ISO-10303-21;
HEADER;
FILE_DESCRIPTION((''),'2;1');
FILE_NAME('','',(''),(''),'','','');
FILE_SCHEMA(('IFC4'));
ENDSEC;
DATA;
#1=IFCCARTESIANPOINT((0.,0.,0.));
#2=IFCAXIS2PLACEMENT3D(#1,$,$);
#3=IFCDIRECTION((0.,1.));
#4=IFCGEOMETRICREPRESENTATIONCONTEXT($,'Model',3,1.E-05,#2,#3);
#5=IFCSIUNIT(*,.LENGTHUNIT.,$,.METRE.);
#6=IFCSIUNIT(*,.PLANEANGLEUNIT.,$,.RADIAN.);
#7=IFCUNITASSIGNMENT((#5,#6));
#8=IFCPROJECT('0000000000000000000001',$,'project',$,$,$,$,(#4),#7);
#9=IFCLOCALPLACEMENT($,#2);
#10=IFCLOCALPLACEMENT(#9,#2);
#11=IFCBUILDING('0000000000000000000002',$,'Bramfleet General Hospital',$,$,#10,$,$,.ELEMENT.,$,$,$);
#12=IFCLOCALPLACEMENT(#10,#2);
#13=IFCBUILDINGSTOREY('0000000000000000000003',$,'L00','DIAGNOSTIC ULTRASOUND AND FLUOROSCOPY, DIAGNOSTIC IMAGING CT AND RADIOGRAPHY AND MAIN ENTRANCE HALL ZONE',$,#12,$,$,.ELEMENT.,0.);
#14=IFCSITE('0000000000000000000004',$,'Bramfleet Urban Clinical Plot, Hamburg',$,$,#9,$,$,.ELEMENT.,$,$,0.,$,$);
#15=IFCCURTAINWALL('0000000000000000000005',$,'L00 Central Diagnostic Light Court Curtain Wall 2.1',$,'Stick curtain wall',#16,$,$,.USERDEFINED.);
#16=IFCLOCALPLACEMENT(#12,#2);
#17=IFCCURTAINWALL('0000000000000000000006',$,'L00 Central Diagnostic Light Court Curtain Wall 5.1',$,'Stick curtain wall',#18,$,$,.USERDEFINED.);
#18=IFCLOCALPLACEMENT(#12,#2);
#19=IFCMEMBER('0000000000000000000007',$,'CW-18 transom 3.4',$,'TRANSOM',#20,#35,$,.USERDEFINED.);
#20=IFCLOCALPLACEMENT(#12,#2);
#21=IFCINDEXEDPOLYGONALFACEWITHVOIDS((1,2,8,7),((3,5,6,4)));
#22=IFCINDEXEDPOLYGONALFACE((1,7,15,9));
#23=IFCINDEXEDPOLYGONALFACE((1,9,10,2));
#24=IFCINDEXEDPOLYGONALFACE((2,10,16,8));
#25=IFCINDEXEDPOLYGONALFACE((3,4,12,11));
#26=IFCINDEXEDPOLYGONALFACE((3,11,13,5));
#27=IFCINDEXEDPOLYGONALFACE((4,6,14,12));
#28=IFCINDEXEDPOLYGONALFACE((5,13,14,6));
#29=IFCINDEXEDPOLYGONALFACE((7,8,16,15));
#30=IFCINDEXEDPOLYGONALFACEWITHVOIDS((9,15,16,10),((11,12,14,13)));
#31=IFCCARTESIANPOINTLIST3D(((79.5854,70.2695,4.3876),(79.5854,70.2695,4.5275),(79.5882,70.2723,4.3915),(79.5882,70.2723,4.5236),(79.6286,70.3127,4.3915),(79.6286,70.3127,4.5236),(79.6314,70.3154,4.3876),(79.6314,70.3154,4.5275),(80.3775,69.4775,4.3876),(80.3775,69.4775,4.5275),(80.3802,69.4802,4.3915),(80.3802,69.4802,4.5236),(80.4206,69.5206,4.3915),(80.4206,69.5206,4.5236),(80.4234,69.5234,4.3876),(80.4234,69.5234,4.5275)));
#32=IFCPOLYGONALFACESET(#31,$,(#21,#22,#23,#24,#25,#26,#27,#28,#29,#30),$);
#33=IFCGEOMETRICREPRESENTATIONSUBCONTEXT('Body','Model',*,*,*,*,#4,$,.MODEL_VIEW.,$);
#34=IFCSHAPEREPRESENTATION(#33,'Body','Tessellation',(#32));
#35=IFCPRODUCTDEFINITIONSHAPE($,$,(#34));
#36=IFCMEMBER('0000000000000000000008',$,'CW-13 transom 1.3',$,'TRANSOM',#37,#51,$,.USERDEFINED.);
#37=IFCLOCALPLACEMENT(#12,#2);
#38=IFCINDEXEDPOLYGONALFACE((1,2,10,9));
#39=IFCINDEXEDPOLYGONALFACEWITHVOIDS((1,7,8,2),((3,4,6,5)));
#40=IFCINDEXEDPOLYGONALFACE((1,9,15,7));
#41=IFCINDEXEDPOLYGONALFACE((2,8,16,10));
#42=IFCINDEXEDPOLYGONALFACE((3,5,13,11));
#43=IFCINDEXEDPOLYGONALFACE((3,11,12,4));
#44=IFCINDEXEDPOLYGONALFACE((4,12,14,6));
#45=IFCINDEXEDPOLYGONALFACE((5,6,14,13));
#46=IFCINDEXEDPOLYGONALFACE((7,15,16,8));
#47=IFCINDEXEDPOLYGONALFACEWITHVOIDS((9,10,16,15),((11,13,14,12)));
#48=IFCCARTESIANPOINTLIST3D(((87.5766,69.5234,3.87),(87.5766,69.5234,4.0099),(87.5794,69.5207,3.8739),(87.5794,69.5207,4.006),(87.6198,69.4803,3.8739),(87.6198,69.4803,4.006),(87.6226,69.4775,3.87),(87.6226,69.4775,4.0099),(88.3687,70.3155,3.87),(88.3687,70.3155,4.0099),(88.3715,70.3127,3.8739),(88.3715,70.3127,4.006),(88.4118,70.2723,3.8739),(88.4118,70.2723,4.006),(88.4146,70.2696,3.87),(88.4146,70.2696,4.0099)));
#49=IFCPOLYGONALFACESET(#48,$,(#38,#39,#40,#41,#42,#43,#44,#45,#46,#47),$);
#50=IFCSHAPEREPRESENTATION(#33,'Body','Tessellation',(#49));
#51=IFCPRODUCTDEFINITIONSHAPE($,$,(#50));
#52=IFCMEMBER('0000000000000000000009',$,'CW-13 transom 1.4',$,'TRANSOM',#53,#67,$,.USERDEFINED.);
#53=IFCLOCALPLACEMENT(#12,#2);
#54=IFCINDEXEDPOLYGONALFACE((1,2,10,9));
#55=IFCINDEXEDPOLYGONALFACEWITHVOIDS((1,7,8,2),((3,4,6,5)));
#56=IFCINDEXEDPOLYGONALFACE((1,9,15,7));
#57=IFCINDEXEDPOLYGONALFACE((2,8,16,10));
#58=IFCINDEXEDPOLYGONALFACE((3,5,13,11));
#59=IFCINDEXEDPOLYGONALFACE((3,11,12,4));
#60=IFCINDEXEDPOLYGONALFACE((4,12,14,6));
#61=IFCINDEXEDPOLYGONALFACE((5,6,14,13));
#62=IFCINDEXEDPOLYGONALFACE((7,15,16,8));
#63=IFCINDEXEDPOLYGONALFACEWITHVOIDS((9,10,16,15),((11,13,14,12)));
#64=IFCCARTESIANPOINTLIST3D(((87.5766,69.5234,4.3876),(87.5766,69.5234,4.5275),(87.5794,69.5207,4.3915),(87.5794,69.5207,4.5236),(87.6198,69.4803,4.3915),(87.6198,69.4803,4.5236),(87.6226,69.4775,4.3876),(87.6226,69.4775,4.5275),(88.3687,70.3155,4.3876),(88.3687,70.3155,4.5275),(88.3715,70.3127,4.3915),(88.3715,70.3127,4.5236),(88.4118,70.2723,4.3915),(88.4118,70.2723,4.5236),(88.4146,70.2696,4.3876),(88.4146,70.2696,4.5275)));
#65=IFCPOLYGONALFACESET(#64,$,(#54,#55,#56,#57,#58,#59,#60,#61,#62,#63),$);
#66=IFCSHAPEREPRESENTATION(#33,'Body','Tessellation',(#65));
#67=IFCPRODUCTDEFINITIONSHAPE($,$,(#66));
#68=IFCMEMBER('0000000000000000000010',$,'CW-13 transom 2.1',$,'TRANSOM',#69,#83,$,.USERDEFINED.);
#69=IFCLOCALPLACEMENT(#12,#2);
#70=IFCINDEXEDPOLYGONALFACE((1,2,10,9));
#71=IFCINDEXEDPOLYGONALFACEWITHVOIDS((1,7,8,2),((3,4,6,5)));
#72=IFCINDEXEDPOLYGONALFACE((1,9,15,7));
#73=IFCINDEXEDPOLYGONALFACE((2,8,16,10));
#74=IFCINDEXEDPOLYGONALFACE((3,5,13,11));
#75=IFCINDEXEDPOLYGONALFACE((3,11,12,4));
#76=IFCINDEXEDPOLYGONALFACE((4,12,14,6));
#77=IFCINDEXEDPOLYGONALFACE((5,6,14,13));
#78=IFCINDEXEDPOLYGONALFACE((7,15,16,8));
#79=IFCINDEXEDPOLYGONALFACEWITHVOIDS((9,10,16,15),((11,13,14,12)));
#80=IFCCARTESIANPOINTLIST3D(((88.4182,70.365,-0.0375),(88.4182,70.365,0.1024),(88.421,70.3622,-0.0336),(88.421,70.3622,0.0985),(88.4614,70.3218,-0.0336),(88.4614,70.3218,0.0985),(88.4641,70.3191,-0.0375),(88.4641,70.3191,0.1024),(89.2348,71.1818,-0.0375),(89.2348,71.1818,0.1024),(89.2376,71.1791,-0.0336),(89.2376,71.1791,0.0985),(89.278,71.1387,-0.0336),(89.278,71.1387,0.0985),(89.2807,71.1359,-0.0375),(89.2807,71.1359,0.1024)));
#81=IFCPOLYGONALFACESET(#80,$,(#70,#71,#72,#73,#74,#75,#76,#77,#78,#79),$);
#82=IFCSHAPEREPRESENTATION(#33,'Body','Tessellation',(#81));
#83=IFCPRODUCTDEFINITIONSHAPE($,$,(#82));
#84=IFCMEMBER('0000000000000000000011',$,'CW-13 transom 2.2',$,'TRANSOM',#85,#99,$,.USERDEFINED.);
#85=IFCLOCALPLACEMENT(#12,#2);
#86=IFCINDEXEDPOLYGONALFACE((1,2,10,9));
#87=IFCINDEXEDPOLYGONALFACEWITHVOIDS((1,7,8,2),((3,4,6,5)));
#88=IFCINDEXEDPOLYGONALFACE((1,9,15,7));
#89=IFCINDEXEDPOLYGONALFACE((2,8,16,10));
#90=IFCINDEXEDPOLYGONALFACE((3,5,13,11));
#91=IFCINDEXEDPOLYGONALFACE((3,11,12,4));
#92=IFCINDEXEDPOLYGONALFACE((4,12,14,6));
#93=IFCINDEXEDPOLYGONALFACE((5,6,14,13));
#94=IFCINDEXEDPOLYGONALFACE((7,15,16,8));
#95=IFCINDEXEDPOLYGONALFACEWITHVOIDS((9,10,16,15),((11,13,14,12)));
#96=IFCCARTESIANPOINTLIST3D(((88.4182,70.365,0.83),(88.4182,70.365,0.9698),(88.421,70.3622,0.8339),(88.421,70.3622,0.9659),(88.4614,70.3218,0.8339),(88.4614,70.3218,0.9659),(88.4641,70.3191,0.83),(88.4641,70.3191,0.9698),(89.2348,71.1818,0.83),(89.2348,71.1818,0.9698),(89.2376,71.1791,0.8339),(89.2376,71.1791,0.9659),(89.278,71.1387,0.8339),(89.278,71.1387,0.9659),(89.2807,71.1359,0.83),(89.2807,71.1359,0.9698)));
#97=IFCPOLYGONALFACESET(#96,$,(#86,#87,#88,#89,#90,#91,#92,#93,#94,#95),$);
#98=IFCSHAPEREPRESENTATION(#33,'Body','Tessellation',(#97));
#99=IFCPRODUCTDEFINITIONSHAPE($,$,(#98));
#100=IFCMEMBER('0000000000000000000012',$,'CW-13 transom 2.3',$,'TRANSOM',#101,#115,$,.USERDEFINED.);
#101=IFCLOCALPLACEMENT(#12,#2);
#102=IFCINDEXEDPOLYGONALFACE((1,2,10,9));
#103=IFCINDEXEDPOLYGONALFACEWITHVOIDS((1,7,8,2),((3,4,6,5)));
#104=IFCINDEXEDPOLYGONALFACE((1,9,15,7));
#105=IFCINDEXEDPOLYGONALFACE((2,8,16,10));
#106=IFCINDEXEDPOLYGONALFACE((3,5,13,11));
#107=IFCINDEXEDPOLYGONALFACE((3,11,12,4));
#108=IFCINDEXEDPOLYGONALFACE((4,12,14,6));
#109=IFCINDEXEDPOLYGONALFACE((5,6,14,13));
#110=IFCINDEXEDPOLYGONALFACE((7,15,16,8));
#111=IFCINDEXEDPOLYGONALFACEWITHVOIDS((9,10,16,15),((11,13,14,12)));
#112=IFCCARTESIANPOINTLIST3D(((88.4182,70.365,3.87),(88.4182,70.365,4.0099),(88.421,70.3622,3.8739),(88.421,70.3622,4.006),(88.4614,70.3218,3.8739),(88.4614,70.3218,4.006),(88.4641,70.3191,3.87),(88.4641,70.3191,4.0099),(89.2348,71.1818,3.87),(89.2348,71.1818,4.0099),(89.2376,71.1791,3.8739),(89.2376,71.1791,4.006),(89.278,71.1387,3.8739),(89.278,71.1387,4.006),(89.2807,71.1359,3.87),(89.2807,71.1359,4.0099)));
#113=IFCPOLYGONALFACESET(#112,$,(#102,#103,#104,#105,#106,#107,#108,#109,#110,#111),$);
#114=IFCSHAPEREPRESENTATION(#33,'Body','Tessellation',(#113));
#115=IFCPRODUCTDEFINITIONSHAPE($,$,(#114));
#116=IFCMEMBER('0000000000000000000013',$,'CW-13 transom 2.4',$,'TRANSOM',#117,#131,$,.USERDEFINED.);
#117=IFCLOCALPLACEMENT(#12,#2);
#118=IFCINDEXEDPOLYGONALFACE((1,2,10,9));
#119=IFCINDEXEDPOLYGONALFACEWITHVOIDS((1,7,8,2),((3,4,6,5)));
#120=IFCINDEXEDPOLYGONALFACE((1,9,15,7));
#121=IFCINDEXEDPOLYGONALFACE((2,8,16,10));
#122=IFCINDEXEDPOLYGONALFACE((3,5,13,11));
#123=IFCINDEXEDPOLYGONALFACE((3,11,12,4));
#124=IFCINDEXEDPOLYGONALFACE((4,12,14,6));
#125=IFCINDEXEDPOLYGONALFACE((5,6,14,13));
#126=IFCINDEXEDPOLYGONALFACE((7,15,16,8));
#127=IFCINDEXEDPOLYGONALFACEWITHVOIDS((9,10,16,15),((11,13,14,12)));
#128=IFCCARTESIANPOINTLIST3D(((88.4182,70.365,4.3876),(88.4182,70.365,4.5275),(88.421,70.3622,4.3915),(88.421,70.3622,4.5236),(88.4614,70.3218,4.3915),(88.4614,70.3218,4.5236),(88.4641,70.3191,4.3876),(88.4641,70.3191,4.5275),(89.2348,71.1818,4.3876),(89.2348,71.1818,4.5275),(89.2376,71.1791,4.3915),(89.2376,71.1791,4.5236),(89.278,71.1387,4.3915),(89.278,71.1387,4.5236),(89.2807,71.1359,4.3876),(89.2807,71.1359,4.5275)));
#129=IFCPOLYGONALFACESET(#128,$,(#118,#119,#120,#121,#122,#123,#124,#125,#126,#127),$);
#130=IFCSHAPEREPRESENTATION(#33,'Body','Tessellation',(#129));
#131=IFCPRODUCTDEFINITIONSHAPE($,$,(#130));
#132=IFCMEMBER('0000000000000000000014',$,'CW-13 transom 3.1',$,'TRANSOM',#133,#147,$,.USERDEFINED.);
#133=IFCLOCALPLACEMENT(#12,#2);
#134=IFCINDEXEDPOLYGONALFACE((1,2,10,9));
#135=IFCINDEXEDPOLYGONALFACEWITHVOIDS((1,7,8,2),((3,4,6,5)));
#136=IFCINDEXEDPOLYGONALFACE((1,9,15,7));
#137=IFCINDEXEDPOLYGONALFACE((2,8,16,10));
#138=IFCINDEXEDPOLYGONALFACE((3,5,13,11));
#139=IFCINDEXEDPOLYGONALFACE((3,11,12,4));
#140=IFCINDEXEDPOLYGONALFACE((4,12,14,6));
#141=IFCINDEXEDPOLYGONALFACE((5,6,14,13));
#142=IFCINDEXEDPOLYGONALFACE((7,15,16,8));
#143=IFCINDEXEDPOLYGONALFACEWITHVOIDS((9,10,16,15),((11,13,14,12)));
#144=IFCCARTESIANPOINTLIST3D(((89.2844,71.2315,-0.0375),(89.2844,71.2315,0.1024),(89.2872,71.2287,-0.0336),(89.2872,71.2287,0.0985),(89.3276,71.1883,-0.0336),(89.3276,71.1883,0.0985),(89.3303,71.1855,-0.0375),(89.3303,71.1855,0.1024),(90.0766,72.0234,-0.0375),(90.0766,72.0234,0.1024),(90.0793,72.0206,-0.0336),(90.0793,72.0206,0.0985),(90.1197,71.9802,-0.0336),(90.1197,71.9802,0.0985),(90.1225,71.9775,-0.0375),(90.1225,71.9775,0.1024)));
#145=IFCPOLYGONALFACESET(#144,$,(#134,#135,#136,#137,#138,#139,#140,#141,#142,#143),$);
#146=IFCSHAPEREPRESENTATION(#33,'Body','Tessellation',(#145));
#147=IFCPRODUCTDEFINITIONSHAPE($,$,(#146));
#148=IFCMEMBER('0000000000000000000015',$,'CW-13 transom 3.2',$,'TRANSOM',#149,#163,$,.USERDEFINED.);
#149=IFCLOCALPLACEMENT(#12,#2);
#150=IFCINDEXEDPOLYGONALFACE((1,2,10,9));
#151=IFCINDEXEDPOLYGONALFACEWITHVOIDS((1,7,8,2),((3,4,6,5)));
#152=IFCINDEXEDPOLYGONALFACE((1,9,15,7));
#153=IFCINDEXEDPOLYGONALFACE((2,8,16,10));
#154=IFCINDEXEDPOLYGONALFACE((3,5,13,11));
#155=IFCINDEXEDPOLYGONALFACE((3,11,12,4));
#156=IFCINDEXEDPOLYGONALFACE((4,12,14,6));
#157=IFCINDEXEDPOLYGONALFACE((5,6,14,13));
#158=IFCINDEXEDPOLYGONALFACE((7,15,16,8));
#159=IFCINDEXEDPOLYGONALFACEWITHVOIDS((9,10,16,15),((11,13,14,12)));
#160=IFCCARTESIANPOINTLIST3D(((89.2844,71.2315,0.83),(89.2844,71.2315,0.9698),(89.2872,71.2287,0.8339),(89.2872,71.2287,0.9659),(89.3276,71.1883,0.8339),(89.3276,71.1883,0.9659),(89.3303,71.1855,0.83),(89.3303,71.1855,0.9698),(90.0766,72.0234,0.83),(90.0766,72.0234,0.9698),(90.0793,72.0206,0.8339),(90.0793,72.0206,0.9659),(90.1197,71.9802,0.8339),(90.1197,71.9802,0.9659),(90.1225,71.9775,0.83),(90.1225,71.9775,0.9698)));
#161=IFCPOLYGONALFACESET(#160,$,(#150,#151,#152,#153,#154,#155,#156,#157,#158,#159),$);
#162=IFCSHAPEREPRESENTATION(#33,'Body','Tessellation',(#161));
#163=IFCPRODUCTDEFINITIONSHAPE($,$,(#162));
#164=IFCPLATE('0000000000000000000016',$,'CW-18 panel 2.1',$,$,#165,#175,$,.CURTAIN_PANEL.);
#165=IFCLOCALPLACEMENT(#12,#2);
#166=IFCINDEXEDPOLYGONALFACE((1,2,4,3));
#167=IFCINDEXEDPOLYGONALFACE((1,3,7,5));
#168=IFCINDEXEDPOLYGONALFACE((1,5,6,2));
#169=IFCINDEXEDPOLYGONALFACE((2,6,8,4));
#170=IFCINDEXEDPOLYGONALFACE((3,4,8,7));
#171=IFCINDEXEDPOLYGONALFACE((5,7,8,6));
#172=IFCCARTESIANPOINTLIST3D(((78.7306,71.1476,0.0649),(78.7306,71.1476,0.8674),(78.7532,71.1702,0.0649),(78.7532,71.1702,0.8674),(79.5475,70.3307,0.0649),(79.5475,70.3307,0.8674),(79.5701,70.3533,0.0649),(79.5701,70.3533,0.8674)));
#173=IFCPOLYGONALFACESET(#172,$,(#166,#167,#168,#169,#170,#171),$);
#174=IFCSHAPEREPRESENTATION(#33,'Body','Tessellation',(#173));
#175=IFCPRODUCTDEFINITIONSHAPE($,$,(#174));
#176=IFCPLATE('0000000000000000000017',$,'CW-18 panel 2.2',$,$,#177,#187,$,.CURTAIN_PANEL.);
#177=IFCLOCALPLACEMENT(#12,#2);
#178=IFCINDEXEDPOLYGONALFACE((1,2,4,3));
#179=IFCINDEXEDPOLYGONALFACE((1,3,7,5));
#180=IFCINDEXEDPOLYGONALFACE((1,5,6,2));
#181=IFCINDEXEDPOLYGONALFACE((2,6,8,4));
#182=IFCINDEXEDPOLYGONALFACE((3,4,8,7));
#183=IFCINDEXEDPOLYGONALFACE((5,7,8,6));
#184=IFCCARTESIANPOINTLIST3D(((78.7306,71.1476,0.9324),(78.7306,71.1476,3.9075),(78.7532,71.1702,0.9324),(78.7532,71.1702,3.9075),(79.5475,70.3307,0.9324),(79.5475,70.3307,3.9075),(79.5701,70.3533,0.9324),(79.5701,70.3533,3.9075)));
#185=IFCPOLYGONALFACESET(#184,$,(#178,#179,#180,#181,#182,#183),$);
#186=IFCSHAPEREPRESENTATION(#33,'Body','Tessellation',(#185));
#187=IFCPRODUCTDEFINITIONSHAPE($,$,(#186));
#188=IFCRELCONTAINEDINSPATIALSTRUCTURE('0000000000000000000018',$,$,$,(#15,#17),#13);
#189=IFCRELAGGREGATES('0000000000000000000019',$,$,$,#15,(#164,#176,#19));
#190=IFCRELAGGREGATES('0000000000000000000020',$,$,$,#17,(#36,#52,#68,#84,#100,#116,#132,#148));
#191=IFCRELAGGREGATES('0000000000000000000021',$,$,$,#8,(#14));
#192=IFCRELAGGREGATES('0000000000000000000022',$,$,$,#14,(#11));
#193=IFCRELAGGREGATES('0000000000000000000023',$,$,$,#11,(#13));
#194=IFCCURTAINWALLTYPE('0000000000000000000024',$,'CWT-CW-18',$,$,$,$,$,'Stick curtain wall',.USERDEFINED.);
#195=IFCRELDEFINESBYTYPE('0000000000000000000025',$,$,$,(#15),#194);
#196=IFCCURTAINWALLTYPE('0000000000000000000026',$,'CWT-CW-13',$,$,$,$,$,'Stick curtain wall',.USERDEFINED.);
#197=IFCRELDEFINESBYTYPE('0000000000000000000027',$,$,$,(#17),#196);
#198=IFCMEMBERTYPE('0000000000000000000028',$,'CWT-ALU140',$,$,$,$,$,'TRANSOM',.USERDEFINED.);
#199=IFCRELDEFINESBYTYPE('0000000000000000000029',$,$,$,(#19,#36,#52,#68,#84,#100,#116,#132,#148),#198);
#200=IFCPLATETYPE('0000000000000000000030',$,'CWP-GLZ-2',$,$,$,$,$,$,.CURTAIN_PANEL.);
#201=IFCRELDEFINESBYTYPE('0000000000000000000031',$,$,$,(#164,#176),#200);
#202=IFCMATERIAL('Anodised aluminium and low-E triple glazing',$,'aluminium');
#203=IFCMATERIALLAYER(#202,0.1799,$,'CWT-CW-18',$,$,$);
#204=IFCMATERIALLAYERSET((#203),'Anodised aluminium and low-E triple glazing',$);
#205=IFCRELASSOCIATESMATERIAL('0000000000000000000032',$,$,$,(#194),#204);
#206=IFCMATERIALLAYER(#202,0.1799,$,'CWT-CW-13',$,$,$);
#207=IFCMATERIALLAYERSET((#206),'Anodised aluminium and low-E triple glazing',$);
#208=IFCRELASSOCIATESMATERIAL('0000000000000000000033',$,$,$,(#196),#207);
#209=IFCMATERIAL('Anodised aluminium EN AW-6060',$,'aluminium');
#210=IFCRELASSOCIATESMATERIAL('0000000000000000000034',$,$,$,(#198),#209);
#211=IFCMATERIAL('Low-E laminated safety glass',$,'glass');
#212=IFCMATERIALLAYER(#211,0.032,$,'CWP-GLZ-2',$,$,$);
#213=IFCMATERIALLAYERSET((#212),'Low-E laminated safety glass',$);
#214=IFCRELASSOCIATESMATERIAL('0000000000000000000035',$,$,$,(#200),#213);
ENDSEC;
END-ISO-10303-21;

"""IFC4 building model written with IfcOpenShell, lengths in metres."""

from ifc_helpers import new_model, si_unit, direction, frame, origin, origin_2d, place, context, subcontext, project, spatial, rectangle, hollow_rectangle, extrude, material, layer, layer_set, material_profile, profile_set, type_object, element, aggregate, save


model = new_model("IFC4")

# Units and contexts
model_context = context("Model", 3, precision=1e-05, world=origin(), true_north=direction((0.0, 1.0)))
body_context = subcontext(model_context, "Body", "Model", "MODEL_VIEW")
ifc_project = project(units=[si_unit("LENGTHUNIT", "METRE"), si_unit("PLANEANGLEUNIT", "RADIAN")], contexts=[model_context])

# Site, building, storey
site_placement = place(None, origin())
site = spatial("IfcSite", under=ifc_project, at=site_placement, Name="Bramfleet Urban Clinical Plot, Hamburg", CompositionType="ELEMENT", RefElevation=0.0)
building_placement = place(site_placement, origin())
building = spatial("IfcBuilding", under=site, at=building_placement, Name="Bramfleet General Hospital", CompositionType="ELEMENT")
storey_placement = place(building_placement, origin())
storey = spatial("IfcBuildingStorey", under=building, at=storey_placement, Name="L00", Description="DIAGNOSTIC ULTRASOUND AND FLUOROSCOPY, DIAGNOSTIC IMAGING CT AND RADIOGRAPHY AND MAIN ENTRANCE HALL ZONE", CompositionType="ELEMENT", Elevation=0.0)

# Curtain walls
ifc_material_1 = material(Name="Anodised aluminium and low-E triple glazing", Category="aluminium")
ifc_layer_1 = layer(ifc_material_1, 0.1799, Name="CWT-CW-18")
ifc_layer_set_1 = layer_set([ifc_layer_1], Name="Anodised aluminium and low-E triple glazing")
curtain_wall_type_1 = type_object("IfcCurtainWallType", Name="CWT-CW-18", ElementType="Stick curtain wall", PredefinedType="USERDEFINED", material=ifc_layer_set_1)
curtain_wall_1_placement = place(storey_placement, origin())
curtain_wall_1 = element("IfcCurtainWall", 1, at=curtain_wall_1_placement, inside=storey, type_object=curtain_wall_type_1, Name="L00 Central Diagnostic Light Court Curtain Wall 2.1", ObjectType="Stick curtain wall", PredefinedType="USERDEFINED")
ifc_material_2 = material(Name="Anodised aluminium EN AW-6060", Category="aluminium")
ifc_layer_2 = layer(ifc_material_1, 0.1799, Name="CWT-CW-13")
ifc_layer_set_2 = layer_set([ifc_layer_2], Name="Anodised aluminium and low-E triple glazing")
curtain_wall_type_2 = type_object("IfcCurtainWallType", Name="CWT-CW-13", ElementType="Stick curtain wall", PredefinedType="USERDEFINED", material=ifc_layer_set_2)
curtain_wall_2_placement = place(storey_placement, origin())
curtain_wall_2 = element("IfcCurtainWall", 2, at=curtain_wall_2_placement, inside=storey, type_object=curtain_wall_type_2, Name="L00 Central Diagnostic Light Court Curtain Wall 5.1", ObjectType="Stick curtain wall", PredefinedType="USERDEFINED")

# Members
ifc_material_profile_1 = material_profile(ifc_material_2, hollow_rectangle(XDim=0.0649, YDim=0.1399, WallThickness=0.0039, at=origin_2d()), Name="ALU 140x65x4.0")
ifc_profile_set_1 = profile_set([ifc_material_profile_1], Name="Anodised aluminium EN AW-6060")
member_type_1 = type_object("IfcMemberType", Name="CWT-ALU140", ElementType="TRANSOM", PredefinedType="USERDEFINED", material=ifc_profile_set_1)
member_1_placement = place(storey_placement, frame((79.6084, 70.2925, 4.4575), z_axis=(0.707107, -0.707107, 0.0), x_axis=(0.707107, 0.707107, 0.0)))
member_1 = element("IfcMember", 3, at=member_1_placement, type_object=member_type_1, Name="CW-18 transom 3.4", ObjectType="TRANSOM", PredefinedType="USERDEFINED", context=body_context, shape_type="SweptSolid", body=[
    extrude(hollow_rectangle(XDim=0.0649, YDim=0.1399, WallThickness=0.0039, at=origin_2d()), origin(), (0.0, 0.0, 1.0), 1.1201),
])
member_2_placement = place(storey_placement, frame((87.5996, 69.5005, 3.9399), z_axis=(0.707107, 0.707107, 0.0), x_axis=(-0.707107, 0.707107, 0.0)))
member_2 = element("IfcMember", 4, at=member_2_placement, type_object=member_type_1, Name="CW-13 transom 1.3", ObjectType="TRANSOM", PredefinedType="USERDEFINED", context=body_context, shape_type="SweptSolid", body=[
    extrude(hollow_rectangle(XDim=0.0649, YDim=0.1399, WallThickness=0.0039, at=origin_2d()), origin(), (0.0, 0.0, 1.0), 1.1201),
])
member_3_placement = place(storey_placement, frame((87.5996, 69.5005, 4.4575), z_axis=(0.707107, 0.707107, 0.0), x_axis=(-0.707107, 0.707107, 0.0)))
member_3 = element("IfcMember", 5, at=member_3_placement, type_object=member_type_1, Name="CW-13 transom 1.4", ObjectType="TRANSOM", PredefinedType="USERDEFINED", context=body_context, shape_type="SweptSolid", body=[
    extrude(hollow_rectangle(XDim=0.0649, YDim=0.1399, WallThickness=0.0039, at=origin_2d()), origin(), (0.0, 0.0, 1.0), 1.1201),
])
member_4_placement = place(storey_placement, frame((88.4412, 70.342, 0.0325), z_axis=(0.707001, 0.707212, 0.0), x_axis=(-0.707212, 0.707001, 0.0)))
member_4 = element("IfcMember", 6, at=member_4_placement, type_object=member_type_1, Name="CW-13 transom 2.1", ObjectType="TRANSOM", PredefinedType="USERDEFINED", context=body_context, shape_type="SweptSolid", body=[
    extrude(hollow_rectangle(XDim=0.0649, YDim=0.1399, WallThickness=0.0039, at=origin_2d()), origin(), (0.0, 0.0, 1.0), 1.155),
])
member_5_placement = place(storey_placement, frame((88.4412, 70.342, 0.8999), z_axis=(0.707001, 0.707212, 0.0), x_axis=(-0.707212, 0.707001, 0.0)))
member_5 = element("IfcMember", 7, at=member_5_placement, type_object=member_type_1, Name="CW-13 transom 2.2", ObjectType="TRANSOM", PredefinedType="USERDEFINED", context=body_context, shape_type="SweptSolid", body=[
    extrude(hollow_rectangle(XDim=0.0649, YDim=0.1399, WallThickness=0.0039, at=origin_2d()), origin(), (0.0, 0.0, 1.0), 1.155),
])
member_6_placement = place(storey_placement, frame((88.4412, 70.342, 3.9399), z_axis=(0.707001, 0.707212, 0.0), x_axis=(-0.707212, 0.707001, 0.0)))
member_6 = element("IfcMember", 8, at=member_6_placement, type_object=member_type_1, Name="CW-13 transom 2.3", ObjectType="TRANSOM", PredefinedType="USERDEFINED", context=body_context, shape_type="SweptSolid", body=[
    extrude(hollow_rectangle(XDim=0.0649, YDim=0.1399, WallThickness=0.0039, at=origin_2d()), origin(), (0.0, 0.0, 1.0), 1.155),
])
member_7_placement = place(storey_placement, frame((88.4412, 70.342, 4.4575), z_axis=(0.707001, 0.707212, 0.0), x_axis=(-0.707212, 0.707001, 0.0)))
member_7 = element("IfcMember", 9, at=member_7_placement, type_object=member_type_1, Name="CW-13 transom 2.4", ObjectType="TRANSOM", PredefinedType="USERDEFINED", context=body_context, shape_type="SweptSolid", body=[
    extrude(hollow_rectangle(XDim=0.0649, YDim=0.1399, WallThickness=0.0039, at=origin_2d()), origin(), (0.0, 0.0, 1.0), 1.155),
])
member_8_placement = place(storey_placement, frame((89.3074, 71.2085, 0.0325), z_axis=(0.707216, 0.706998, 0.0), x_axis=(-0.706998, 0.707216, 0.0)))
member_8 = element("IfcMember", 10, at=member_8_placement, type_object=member_type_1, Name="CW-13 transom 3.1", ObjectType="TRANSOM", PredefinedType="USERDEFINED", context=body_context, shape_type="SweptSolid", body=[
    extrude(hollow_rectangle(XDim=0.0649, YDim=0.1399, WallThickness=0.0039, at=origin_2d()), origin(), (0.0, 0.0, 1.0), 1.1201),
])
member_9_placement = place(storey_placement, frame((89.3074, 71.2085, 0.8999), z_axis=(0.707216, 0.706998, 0.0), x_axis=(-0.706998, 0.707216, 0.0)))
member_9 = element("IfcMember", 11, at=member_9_placement, type_object=member_type_1, Name="CW-13 transom 3.2", ObjectType="TRANSOM", PredefinedType="USERDEFINED", context=body_context, shape_type="SweptSolid", body=[
    extrude(hollow_rectangle(XDim=0.0649, YDim=0.1399, WallThickness=0.0039, at=origin_2d()), origin(), (0.0, 0.0, 1.0), 1.1201),
])

# Plates
ifc_material_3 = material(Name="Low-E laminated safety glass", Category="glass")
ifc_layer_3 = layer(ifc_material_3, 0.032, Name="CWP-GLZ-2")
ifc_layer_set_3 = layer_set([ifc_layer_3], Name="Low-E laminated safety glass")
plate_type = type_object("IfcPlateType", Name="CWP-GLZ-2", PredefinedType="CURTAIN_PANEL", material=ifc_layer_set_3)
plate_1_placement = place(storey_placement, frame((79.1504, 70.7505, 0.0649), z_axis=(0.0, 0.0, 1.0), x_axis=(0.707107, -0.707107, 0.0)))
plate_1 = element("IfcPlate", 12, at=plate_1_placement, type_object=plate_type, Name="CW-18 panel 2.1", PredefinedType="CURTAIN_PANEL", context=body_context, shape_type="SweptSolid", body=[
    extrude(rectangle(XDim=1.1553, YDim=0.032, at=origin_2d()), origin(), (0.0, 0.0, 1.0), 0.8025),
])
plate_2_placement = place(storey_placement, frame((79.1504, 70.7505, 0.9324), z_axis=(0.0, 0.0, 1.0), x_axis=(0.707107, -0.707107, 0.0)))
plate_2 = element("IfcPlate", 13, at=plate_2_placement, type_object=plate_type, Name="CW-18 panel 2.2", PredefinedType="CURTAIN_PANEL", context=body_context, shape_type="SweptSolid", body=[
    extrude(rectangle(XDim=1.1553, YDim=0.032, at=origin_2d()), origin(), (0.0, 0.0, 1.0), 2.9751),
])
aggregate(curtain_wall_1, [plate_1, plate_2, member_1])
aggregate(curtain_wall_2, [member_2, member_3, member_4, member_5, member_6, member_7, member_8, member_9])

save(model, "model.ifc")
